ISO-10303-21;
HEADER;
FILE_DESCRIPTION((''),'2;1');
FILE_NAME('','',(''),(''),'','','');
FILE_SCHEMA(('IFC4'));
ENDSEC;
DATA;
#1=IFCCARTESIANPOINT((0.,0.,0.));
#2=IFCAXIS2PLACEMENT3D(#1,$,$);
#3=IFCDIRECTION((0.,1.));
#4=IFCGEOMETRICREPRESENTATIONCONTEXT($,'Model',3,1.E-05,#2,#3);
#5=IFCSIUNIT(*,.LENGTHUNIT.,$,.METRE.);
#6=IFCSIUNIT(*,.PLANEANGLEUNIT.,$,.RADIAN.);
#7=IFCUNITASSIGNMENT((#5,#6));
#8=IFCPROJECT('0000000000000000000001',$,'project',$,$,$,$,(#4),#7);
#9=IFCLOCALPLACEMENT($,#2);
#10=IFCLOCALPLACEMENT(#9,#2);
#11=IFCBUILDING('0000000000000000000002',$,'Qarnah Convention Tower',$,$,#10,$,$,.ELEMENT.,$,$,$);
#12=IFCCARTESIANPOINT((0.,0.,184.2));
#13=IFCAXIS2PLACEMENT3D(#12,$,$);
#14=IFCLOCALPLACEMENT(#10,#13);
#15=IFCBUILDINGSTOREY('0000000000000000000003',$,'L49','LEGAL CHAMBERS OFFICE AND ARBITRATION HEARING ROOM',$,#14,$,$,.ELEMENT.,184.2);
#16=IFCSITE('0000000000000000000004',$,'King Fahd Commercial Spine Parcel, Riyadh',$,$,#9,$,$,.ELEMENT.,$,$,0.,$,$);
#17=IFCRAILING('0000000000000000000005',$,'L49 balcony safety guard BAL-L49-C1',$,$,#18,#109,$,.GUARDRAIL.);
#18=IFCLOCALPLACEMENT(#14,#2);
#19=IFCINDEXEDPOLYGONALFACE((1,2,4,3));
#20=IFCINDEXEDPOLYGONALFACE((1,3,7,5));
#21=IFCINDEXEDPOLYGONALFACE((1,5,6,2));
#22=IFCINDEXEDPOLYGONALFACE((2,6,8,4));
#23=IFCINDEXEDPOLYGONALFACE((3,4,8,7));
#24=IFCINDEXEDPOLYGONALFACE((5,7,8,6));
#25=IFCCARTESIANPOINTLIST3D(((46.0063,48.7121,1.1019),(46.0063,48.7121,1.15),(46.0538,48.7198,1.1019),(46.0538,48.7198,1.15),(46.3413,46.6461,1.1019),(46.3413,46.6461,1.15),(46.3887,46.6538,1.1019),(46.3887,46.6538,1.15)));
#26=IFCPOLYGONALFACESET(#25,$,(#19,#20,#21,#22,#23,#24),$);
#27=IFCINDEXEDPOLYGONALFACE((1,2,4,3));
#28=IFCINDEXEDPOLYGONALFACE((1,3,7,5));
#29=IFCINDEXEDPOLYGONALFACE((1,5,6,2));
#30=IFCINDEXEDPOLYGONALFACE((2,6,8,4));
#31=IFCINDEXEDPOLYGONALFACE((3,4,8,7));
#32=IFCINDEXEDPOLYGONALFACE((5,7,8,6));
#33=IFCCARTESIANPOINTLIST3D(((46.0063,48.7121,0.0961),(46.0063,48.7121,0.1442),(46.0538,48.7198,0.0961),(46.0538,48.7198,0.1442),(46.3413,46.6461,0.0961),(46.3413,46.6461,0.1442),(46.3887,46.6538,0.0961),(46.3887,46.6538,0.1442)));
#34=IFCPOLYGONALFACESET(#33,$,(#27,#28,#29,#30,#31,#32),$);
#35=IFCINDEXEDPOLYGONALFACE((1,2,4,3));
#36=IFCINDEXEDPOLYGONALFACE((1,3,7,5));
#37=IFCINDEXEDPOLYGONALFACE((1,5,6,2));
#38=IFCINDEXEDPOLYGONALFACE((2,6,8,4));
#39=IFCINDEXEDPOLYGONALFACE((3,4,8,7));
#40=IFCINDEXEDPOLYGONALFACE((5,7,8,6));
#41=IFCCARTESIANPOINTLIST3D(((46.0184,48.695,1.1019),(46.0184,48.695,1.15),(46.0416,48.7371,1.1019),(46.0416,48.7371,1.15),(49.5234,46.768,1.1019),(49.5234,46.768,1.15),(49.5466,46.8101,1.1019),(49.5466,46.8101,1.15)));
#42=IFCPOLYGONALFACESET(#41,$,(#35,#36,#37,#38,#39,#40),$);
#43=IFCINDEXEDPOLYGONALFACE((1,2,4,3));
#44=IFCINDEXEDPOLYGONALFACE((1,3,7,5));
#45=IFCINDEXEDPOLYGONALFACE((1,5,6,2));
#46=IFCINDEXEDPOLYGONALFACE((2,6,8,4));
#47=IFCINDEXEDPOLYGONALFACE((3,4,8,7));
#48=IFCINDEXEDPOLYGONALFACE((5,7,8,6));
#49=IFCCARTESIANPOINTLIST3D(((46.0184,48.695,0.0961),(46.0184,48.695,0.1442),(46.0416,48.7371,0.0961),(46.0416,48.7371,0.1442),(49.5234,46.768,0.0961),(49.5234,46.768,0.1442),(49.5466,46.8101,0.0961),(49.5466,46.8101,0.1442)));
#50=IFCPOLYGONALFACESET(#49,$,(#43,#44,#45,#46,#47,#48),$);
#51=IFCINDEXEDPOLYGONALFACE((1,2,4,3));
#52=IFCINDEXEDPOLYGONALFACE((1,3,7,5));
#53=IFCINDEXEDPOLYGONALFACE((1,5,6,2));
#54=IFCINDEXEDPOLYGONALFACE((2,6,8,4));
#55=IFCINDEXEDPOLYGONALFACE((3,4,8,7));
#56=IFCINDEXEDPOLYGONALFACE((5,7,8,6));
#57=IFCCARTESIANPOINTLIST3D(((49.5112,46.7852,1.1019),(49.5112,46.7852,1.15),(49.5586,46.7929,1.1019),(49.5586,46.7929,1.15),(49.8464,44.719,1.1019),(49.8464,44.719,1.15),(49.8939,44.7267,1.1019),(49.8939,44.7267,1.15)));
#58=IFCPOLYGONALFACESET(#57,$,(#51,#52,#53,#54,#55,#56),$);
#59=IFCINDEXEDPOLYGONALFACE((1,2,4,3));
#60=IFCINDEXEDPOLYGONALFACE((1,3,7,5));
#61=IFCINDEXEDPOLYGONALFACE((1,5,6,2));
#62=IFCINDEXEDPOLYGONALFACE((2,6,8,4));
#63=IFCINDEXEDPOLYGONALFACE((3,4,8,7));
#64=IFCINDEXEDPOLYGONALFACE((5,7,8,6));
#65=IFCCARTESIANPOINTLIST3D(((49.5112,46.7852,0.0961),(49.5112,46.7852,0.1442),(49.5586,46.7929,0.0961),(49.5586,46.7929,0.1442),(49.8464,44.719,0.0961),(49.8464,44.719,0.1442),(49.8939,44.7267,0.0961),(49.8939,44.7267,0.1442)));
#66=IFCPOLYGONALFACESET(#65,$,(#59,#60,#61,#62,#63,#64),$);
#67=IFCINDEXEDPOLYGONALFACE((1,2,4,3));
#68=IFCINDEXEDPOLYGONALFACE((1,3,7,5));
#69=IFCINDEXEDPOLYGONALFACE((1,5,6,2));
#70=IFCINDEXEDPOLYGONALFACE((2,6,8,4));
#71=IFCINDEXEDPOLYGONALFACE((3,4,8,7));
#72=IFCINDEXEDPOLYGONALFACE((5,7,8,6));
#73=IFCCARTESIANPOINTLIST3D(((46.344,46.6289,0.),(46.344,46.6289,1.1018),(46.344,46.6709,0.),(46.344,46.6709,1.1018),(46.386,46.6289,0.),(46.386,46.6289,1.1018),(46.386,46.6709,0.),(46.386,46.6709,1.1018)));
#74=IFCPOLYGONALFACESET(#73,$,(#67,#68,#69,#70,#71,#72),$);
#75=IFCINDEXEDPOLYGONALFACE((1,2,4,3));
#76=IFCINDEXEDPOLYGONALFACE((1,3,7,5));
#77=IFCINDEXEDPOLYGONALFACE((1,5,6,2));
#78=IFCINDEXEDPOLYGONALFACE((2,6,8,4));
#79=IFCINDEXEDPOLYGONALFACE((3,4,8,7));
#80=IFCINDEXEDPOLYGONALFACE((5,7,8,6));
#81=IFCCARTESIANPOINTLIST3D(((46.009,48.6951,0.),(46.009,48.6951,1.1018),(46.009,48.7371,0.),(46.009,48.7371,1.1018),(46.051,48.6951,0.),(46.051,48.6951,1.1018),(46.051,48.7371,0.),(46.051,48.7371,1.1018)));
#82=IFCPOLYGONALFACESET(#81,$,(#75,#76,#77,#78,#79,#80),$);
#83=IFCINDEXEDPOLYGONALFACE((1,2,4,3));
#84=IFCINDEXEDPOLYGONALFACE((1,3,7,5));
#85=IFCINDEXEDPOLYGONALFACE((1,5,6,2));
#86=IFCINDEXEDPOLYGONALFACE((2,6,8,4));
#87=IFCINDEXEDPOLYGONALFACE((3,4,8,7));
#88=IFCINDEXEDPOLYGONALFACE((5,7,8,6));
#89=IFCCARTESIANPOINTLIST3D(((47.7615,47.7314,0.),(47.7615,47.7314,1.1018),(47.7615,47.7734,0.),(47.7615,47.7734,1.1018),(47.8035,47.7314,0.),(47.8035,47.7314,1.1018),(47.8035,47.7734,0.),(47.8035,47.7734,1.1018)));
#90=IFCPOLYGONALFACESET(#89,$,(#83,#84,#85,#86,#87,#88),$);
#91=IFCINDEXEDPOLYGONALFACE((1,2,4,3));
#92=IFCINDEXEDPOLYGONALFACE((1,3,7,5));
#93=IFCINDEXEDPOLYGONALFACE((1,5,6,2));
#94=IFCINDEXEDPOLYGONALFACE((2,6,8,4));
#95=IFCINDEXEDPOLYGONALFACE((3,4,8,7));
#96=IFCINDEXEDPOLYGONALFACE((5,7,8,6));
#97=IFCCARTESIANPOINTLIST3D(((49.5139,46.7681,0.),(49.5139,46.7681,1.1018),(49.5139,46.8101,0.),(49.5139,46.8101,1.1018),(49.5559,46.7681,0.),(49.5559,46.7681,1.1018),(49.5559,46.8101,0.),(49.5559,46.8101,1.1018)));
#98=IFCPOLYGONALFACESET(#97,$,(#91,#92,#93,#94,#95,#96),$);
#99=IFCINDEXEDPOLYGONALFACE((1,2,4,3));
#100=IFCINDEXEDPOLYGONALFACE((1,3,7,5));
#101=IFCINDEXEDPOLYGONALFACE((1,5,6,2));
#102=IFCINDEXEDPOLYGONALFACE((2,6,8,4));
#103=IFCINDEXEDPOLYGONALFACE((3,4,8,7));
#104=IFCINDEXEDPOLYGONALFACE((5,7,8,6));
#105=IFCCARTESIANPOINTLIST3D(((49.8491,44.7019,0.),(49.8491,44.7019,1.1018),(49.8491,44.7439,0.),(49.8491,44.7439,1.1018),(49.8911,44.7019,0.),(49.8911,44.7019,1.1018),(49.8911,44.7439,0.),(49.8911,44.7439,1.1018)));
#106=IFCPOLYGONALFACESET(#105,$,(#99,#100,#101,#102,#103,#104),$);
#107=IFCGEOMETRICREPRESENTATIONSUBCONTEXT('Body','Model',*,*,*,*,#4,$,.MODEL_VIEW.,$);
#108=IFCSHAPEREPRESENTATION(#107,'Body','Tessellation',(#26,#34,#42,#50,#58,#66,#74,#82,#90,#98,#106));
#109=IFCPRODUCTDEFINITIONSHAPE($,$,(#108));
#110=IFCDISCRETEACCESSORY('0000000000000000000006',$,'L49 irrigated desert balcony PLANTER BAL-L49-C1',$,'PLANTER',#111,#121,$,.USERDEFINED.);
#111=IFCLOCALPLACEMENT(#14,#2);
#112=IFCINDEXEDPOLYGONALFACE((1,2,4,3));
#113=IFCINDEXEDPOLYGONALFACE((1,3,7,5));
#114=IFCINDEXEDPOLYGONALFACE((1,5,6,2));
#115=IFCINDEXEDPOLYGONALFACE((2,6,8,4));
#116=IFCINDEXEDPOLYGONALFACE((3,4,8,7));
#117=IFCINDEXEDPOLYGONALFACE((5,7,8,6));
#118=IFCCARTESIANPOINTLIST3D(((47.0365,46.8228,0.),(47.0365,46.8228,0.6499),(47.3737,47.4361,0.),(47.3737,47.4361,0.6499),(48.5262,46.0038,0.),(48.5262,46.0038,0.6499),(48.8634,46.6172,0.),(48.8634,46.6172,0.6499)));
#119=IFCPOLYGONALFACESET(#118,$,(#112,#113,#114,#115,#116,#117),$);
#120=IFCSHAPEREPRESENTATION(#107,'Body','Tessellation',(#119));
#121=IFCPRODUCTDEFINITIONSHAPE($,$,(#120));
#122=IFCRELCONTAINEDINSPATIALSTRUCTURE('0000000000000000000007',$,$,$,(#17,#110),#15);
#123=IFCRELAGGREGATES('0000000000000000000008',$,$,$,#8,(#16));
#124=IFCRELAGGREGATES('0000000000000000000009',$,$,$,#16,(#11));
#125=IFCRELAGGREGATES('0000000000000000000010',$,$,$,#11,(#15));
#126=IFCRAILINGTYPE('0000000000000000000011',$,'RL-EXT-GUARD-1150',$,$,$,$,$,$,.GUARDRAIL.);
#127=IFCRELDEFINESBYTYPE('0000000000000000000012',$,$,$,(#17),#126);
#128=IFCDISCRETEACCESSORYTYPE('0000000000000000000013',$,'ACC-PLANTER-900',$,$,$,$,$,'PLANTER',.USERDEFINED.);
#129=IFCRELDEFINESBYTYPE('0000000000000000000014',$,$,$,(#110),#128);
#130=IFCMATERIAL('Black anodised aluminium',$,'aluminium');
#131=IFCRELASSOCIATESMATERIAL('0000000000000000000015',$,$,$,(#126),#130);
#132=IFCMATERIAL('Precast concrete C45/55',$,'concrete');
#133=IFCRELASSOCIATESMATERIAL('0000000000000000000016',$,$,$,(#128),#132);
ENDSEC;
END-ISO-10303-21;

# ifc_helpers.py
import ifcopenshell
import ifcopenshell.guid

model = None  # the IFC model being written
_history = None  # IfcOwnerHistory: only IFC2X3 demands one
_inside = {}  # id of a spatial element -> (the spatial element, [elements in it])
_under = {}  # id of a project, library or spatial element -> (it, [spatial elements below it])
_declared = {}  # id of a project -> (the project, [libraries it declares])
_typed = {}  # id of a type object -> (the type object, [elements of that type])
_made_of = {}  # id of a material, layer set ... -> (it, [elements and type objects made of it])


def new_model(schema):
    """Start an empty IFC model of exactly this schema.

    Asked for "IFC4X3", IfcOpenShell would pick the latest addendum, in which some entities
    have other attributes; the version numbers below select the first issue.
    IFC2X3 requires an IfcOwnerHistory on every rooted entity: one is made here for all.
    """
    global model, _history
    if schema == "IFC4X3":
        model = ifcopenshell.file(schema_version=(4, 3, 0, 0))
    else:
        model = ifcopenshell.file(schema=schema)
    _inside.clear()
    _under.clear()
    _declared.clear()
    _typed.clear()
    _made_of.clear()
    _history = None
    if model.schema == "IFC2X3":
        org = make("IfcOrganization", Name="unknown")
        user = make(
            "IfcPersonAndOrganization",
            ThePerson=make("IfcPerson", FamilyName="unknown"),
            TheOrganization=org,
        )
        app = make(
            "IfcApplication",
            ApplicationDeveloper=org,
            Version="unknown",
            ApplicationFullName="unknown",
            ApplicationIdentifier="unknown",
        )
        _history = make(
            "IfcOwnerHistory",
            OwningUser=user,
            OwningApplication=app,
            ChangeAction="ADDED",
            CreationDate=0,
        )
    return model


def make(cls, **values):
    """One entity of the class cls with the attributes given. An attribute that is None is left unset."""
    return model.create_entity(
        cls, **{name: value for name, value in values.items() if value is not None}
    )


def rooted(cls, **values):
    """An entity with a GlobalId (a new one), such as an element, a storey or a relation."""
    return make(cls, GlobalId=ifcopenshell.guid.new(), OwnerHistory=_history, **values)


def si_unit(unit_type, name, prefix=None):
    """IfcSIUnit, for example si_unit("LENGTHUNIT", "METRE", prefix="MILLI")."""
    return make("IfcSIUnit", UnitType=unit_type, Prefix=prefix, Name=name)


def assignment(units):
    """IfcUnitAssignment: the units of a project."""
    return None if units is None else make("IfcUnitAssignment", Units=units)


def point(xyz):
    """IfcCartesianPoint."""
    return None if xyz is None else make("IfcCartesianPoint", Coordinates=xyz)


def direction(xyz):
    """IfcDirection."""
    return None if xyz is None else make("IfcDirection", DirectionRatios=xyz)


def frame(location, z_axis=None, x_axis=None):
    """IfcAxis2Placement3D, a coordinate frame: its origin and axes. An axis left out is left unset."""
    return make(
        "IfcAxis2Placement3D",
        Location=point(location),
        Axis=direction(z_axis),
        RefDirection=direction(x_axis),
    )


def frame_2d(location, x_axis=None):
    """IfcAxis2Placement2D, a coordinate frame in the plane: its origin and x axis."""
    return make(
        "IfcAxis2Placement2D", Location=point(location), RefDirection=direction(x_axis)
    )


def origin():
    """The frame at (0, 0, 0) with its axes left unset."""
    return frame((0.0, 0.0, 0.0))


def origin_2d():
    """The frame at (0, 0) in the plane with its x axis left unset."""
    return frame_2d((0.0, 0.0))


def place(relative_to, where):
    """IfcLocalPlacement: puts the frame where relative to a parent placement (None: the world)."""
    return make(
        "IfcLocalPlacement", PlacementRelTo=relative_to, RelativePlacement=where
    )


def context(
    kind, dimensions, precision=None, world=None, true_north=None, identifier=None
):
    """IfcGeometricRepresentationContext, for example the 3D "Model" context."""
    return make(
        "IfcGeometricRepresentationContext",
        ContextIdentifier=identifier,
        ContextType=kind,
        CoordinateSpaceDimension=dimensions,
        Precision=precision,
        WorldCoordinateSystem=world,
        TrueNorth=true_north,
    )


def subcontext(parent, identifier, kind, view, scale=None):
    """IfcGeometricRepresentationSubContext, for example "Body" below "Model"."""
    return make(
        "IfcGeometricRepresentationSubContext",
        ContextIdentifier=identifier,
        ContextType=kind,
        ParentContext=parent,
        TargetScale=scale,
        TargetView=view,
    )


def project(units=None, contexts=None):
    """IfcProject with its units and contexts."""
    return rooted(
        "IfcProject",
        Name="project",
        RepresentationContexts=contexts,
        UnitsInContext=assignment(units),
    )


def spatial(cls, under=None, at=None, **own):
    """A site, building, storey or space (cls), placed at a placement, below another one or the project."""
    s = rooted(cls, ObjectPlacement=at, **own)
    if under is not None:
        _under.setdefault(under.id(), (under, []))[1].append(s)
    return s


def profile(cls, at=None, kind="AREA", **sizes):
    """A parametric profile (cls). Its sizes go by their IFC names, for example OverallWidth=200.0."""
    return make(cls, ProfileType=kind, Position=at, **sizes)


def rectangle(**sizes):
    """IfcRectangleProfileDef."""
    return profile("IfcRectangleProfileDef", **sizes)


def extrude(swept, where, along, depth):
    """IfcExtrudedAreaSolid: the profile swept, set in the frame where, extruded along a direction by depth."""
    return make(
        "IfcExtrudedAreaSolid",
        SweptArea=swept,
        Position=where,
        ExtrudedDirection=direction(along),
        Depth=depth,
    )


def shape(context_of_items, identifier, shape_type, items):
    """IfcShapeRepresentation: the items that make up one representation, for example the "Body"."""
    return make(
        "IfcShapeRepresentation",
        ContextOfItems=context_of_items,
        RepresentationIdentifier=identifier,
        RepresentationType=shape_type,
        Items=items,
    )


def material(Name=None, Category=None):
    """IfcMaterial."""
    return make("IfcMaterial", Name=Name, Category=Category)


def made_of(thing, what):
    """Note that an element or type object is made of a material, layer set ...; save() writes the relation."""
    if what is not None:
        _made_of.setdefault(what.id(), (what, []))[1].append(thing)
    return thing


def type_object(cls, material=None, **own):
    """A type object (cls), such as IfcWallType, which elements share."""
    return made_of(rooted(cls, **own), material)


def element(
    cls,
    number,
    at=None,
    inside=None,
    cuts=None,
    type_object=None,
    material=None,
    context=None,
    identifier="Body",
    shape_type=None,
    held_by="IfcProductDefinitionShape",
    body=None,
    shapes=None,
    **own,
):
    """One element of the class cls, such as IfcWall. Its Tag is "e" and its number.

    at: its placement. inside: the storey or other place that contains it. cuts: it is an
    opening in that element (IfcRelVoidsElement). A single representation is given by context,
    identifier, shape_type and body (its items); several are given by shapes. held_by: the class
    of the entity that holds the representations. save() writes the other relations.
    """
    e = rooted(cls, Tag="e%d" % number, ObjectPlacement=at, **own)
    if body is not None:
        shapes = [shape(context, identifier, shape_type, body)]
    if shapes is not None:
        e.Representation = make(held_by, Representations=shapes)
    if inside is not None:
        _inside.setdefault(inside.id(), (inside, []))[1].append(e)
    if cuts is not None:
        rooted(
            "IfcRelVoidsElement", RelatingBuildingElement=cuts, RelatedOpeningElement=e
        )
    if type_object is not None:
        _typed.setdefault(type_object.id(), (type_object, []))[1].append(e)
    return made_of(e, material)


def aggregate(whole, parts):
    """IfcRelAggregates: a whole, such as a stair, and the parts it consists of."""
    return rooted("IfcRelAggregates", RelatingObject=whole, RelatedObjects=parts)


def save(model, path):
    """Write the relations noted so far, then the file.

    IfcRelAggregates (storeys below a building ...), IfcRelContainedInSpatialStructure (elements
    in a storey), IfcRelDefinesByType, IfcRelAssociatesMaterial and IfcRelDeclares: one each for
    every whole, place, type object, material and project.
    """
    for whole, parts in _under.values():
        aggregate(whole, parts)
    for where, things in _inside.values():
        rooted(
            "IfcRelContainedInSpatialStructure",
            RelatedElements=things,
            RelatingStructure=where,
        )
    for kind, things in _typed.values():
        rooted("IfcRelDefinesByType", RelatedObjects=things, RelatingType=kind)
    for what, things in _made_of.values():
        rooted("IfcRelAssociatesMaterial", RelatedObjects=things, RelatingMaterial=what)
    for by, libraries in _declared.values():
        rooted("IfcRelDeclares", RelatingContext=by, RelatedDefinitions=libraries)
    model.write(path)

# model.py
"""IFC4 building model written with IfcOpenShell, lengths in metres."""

from ifc_helpers import new_model, si_unit, direction, frame, origin, origin_2d, place, context, subcontext, project, spatial, rectangle, extrude, material, type_object, element, save


model = new_model("IFC4")

# Units and contexts
model_context = context("Model", 3, precision=1e-05, world=origin(), true_north=direction((0.0, 1.0)))
body_context = subcontext(model_context, "Body", "Model", "MODEL_VIEW")
ifc_project = project(units=[si_unit("LENGTHUNIT", "METRE"), si_unit("PLANEANGLEUNIT", "RADIAN")], contexts=[model_context])

# Site, building, storey
site_placement = place(None, origin())
site = spatial("IfcSite", under=ifc_project, at=site_placement, Name="King Fahd Commercial Spine Parcel, Riyadh", CompositionType="ELEMENT", RefElevation=0.0)
building_placement = place(site_placement, origin())
building = spatial("IfcBuilding", under=site, at=building_placement, Name="Qarnah Convention Tower", CompositionType="ELEMENT")
storey_placement = place(building_placement, frame((0.0, 0.0, 184.2)))
storey = spatial("IfcBuildingStorey", under=building, at=storey_placement, Name="L49", Description="LEGAL CHAMBERS OFFICE AND ARBITRATION HEARING ROOM", CompositionType="ELEMENT", Elevation=184.2)

# Shared definitions
ifc_material_1 = material(Name="Black anodised aluminium", Category="aluminium")

# Shared definitions
ifc_material_2 = material(Name="Precast concrete C45/55", Category="concrete")

# Railing
railing_type = type_object("IfcRailingType", Name="RL-EXT-GUARD-1150", PredefinedType="GUARDRAIL", material=ifc_material_1)
railing_1_placement = place(storey_placement, frame((46.365, 46.6499, 0.0)))
element("IfcRailing", 1, at=railing_1_placement, inside=storey, type_object=railing_type, Name="L49 balcony safety guard BAL-L49-C1", PredefinedType="GUARDRAIL", context=body_context, shape_type="SweptSolid", body=[
    extrude(rectangle(XDim=0.0481, YDim=0.0481, at=origin_2d()), frame((0.0, 0.0, 1.126), z_axis=(-0.160028, 0.987112, 0.0), x_axis=(-0.987112, -0.160028, 0.0)), (0.0, 0.0, 1.0), 2.093),
    extrude(rectangle(XDim=0.0481, YDim=0.0481, at=origin_2d()), frame((0.0, 0.0, 0.1201), z_axis=(-0.160028, 0.987112, 0.0), x_axis=(-0.987112, -0.160028, 0.0)), (0.0, 0.0, 1.0), 2.093),
    extrude(rectangle(XDim=0.0481, YDim=0.0481, at=origin_2d()), frame((-0.335, 2.0662, 1.126), z_axis=(0.876288, -0.481788, 0.0), x_axis=(0.481788, 0.876288, 0.0)), (0.0, 0.0, 1.0), 3.9998),
    extrude(rectangle(XDim=0.0481, YDim=0.0481, at=origin_2d()), frame((-0.335, 2.0662, 0.1201), z_axis=(0.876288, -0.481788, 0.0), x_axis=(0.481788, 0.876288, 0.0)), (0.0, 0.0, 1.0), 3.9998),
    extrude(rectangle(XDim=0.0481, YDim=0.0481, at=origin_2d()), frame((3.1699, 0.1392, 1.126), z_axis=(0.160142, -0.987094, 0.0), x_axis=(0.987094, 0.160142, 0.0)), (0.0, 0.0, 1.0), 2.0933),
    extrude(rectangle(XDim=0.0481, YDim=0.0481, at=origin_2d()), frame((3.1699, 0.1392, 0.1201), z_axis=(0.160142, -0.987094, 0.0), x_axis=(0.987094, 0.160142, 0.0)), (0.0, 0.0, 1.0), 2.0933),
    extrude(rectangle(XDim=0.042, YDim=0.042, at=origin_2d()), origin(), (0.0, 0.0, 1.0), 1.1018),
    extrude(rectangle(XDim=0.042, YDim=0.042, at=origin_2d()), frame((-0.335, 2.0662, 0.0)), (0.0, 0.0, 1.0), 1.1018),
    extrude(rectangle(XDim=0.042, YDim=0.042, at=origin_2d()), frame((1.4175, 1.1025, 0.0)), (0.0, 0.0, 1.0), 1.1018),
    extrude(rectangle(XDim=0.042, YDim=0.042, at=origin_2d()), frame((3.1699, 0.1392, 0.0)), (0.0, 0.0, 1.0), 1.1018),
    extrude(rectangle(XDim=0.042, YDim=0.042, at=origin_2d()), frame((3.5051, -1.927, 0.0)), (0.0, 0.0, 1.0), 1.1018),
])

# Discrete accessory
discrete_accessory_type = type_object("IfcDiscreteAccessoryType", Name="ACC-PLANTER-900", ElementType="PLANTER", PredefinedType="USERDEFINED", material=ifc_material_2)
discrete_accessory_placement = place(storey_placement, frame((47.95, 46.72, 0.0), z_axis=(0.0, 0.0, 1.0), x_axis=(-0.876307, 0.481754, 0.0)))
element("IfcDiscreteAccessory", 2, at=discrete_accessory_placement, inside=storey, type_object=discrete_accessory_type, Name="L49 irrigated desert balcony PLANTER BAL-L49-C1", ObjectType="PLANTER", PredefinedType="USERDEFINED", context=body_context, shape_type="SweptSolid", body=[
    extrude(rectangle(XDim=1.7, YDim=0.7, at=origin_2d()), origin(), (0.0, 0.0, 1.0), 0.6499),
])

save(model, "model.ifc")
